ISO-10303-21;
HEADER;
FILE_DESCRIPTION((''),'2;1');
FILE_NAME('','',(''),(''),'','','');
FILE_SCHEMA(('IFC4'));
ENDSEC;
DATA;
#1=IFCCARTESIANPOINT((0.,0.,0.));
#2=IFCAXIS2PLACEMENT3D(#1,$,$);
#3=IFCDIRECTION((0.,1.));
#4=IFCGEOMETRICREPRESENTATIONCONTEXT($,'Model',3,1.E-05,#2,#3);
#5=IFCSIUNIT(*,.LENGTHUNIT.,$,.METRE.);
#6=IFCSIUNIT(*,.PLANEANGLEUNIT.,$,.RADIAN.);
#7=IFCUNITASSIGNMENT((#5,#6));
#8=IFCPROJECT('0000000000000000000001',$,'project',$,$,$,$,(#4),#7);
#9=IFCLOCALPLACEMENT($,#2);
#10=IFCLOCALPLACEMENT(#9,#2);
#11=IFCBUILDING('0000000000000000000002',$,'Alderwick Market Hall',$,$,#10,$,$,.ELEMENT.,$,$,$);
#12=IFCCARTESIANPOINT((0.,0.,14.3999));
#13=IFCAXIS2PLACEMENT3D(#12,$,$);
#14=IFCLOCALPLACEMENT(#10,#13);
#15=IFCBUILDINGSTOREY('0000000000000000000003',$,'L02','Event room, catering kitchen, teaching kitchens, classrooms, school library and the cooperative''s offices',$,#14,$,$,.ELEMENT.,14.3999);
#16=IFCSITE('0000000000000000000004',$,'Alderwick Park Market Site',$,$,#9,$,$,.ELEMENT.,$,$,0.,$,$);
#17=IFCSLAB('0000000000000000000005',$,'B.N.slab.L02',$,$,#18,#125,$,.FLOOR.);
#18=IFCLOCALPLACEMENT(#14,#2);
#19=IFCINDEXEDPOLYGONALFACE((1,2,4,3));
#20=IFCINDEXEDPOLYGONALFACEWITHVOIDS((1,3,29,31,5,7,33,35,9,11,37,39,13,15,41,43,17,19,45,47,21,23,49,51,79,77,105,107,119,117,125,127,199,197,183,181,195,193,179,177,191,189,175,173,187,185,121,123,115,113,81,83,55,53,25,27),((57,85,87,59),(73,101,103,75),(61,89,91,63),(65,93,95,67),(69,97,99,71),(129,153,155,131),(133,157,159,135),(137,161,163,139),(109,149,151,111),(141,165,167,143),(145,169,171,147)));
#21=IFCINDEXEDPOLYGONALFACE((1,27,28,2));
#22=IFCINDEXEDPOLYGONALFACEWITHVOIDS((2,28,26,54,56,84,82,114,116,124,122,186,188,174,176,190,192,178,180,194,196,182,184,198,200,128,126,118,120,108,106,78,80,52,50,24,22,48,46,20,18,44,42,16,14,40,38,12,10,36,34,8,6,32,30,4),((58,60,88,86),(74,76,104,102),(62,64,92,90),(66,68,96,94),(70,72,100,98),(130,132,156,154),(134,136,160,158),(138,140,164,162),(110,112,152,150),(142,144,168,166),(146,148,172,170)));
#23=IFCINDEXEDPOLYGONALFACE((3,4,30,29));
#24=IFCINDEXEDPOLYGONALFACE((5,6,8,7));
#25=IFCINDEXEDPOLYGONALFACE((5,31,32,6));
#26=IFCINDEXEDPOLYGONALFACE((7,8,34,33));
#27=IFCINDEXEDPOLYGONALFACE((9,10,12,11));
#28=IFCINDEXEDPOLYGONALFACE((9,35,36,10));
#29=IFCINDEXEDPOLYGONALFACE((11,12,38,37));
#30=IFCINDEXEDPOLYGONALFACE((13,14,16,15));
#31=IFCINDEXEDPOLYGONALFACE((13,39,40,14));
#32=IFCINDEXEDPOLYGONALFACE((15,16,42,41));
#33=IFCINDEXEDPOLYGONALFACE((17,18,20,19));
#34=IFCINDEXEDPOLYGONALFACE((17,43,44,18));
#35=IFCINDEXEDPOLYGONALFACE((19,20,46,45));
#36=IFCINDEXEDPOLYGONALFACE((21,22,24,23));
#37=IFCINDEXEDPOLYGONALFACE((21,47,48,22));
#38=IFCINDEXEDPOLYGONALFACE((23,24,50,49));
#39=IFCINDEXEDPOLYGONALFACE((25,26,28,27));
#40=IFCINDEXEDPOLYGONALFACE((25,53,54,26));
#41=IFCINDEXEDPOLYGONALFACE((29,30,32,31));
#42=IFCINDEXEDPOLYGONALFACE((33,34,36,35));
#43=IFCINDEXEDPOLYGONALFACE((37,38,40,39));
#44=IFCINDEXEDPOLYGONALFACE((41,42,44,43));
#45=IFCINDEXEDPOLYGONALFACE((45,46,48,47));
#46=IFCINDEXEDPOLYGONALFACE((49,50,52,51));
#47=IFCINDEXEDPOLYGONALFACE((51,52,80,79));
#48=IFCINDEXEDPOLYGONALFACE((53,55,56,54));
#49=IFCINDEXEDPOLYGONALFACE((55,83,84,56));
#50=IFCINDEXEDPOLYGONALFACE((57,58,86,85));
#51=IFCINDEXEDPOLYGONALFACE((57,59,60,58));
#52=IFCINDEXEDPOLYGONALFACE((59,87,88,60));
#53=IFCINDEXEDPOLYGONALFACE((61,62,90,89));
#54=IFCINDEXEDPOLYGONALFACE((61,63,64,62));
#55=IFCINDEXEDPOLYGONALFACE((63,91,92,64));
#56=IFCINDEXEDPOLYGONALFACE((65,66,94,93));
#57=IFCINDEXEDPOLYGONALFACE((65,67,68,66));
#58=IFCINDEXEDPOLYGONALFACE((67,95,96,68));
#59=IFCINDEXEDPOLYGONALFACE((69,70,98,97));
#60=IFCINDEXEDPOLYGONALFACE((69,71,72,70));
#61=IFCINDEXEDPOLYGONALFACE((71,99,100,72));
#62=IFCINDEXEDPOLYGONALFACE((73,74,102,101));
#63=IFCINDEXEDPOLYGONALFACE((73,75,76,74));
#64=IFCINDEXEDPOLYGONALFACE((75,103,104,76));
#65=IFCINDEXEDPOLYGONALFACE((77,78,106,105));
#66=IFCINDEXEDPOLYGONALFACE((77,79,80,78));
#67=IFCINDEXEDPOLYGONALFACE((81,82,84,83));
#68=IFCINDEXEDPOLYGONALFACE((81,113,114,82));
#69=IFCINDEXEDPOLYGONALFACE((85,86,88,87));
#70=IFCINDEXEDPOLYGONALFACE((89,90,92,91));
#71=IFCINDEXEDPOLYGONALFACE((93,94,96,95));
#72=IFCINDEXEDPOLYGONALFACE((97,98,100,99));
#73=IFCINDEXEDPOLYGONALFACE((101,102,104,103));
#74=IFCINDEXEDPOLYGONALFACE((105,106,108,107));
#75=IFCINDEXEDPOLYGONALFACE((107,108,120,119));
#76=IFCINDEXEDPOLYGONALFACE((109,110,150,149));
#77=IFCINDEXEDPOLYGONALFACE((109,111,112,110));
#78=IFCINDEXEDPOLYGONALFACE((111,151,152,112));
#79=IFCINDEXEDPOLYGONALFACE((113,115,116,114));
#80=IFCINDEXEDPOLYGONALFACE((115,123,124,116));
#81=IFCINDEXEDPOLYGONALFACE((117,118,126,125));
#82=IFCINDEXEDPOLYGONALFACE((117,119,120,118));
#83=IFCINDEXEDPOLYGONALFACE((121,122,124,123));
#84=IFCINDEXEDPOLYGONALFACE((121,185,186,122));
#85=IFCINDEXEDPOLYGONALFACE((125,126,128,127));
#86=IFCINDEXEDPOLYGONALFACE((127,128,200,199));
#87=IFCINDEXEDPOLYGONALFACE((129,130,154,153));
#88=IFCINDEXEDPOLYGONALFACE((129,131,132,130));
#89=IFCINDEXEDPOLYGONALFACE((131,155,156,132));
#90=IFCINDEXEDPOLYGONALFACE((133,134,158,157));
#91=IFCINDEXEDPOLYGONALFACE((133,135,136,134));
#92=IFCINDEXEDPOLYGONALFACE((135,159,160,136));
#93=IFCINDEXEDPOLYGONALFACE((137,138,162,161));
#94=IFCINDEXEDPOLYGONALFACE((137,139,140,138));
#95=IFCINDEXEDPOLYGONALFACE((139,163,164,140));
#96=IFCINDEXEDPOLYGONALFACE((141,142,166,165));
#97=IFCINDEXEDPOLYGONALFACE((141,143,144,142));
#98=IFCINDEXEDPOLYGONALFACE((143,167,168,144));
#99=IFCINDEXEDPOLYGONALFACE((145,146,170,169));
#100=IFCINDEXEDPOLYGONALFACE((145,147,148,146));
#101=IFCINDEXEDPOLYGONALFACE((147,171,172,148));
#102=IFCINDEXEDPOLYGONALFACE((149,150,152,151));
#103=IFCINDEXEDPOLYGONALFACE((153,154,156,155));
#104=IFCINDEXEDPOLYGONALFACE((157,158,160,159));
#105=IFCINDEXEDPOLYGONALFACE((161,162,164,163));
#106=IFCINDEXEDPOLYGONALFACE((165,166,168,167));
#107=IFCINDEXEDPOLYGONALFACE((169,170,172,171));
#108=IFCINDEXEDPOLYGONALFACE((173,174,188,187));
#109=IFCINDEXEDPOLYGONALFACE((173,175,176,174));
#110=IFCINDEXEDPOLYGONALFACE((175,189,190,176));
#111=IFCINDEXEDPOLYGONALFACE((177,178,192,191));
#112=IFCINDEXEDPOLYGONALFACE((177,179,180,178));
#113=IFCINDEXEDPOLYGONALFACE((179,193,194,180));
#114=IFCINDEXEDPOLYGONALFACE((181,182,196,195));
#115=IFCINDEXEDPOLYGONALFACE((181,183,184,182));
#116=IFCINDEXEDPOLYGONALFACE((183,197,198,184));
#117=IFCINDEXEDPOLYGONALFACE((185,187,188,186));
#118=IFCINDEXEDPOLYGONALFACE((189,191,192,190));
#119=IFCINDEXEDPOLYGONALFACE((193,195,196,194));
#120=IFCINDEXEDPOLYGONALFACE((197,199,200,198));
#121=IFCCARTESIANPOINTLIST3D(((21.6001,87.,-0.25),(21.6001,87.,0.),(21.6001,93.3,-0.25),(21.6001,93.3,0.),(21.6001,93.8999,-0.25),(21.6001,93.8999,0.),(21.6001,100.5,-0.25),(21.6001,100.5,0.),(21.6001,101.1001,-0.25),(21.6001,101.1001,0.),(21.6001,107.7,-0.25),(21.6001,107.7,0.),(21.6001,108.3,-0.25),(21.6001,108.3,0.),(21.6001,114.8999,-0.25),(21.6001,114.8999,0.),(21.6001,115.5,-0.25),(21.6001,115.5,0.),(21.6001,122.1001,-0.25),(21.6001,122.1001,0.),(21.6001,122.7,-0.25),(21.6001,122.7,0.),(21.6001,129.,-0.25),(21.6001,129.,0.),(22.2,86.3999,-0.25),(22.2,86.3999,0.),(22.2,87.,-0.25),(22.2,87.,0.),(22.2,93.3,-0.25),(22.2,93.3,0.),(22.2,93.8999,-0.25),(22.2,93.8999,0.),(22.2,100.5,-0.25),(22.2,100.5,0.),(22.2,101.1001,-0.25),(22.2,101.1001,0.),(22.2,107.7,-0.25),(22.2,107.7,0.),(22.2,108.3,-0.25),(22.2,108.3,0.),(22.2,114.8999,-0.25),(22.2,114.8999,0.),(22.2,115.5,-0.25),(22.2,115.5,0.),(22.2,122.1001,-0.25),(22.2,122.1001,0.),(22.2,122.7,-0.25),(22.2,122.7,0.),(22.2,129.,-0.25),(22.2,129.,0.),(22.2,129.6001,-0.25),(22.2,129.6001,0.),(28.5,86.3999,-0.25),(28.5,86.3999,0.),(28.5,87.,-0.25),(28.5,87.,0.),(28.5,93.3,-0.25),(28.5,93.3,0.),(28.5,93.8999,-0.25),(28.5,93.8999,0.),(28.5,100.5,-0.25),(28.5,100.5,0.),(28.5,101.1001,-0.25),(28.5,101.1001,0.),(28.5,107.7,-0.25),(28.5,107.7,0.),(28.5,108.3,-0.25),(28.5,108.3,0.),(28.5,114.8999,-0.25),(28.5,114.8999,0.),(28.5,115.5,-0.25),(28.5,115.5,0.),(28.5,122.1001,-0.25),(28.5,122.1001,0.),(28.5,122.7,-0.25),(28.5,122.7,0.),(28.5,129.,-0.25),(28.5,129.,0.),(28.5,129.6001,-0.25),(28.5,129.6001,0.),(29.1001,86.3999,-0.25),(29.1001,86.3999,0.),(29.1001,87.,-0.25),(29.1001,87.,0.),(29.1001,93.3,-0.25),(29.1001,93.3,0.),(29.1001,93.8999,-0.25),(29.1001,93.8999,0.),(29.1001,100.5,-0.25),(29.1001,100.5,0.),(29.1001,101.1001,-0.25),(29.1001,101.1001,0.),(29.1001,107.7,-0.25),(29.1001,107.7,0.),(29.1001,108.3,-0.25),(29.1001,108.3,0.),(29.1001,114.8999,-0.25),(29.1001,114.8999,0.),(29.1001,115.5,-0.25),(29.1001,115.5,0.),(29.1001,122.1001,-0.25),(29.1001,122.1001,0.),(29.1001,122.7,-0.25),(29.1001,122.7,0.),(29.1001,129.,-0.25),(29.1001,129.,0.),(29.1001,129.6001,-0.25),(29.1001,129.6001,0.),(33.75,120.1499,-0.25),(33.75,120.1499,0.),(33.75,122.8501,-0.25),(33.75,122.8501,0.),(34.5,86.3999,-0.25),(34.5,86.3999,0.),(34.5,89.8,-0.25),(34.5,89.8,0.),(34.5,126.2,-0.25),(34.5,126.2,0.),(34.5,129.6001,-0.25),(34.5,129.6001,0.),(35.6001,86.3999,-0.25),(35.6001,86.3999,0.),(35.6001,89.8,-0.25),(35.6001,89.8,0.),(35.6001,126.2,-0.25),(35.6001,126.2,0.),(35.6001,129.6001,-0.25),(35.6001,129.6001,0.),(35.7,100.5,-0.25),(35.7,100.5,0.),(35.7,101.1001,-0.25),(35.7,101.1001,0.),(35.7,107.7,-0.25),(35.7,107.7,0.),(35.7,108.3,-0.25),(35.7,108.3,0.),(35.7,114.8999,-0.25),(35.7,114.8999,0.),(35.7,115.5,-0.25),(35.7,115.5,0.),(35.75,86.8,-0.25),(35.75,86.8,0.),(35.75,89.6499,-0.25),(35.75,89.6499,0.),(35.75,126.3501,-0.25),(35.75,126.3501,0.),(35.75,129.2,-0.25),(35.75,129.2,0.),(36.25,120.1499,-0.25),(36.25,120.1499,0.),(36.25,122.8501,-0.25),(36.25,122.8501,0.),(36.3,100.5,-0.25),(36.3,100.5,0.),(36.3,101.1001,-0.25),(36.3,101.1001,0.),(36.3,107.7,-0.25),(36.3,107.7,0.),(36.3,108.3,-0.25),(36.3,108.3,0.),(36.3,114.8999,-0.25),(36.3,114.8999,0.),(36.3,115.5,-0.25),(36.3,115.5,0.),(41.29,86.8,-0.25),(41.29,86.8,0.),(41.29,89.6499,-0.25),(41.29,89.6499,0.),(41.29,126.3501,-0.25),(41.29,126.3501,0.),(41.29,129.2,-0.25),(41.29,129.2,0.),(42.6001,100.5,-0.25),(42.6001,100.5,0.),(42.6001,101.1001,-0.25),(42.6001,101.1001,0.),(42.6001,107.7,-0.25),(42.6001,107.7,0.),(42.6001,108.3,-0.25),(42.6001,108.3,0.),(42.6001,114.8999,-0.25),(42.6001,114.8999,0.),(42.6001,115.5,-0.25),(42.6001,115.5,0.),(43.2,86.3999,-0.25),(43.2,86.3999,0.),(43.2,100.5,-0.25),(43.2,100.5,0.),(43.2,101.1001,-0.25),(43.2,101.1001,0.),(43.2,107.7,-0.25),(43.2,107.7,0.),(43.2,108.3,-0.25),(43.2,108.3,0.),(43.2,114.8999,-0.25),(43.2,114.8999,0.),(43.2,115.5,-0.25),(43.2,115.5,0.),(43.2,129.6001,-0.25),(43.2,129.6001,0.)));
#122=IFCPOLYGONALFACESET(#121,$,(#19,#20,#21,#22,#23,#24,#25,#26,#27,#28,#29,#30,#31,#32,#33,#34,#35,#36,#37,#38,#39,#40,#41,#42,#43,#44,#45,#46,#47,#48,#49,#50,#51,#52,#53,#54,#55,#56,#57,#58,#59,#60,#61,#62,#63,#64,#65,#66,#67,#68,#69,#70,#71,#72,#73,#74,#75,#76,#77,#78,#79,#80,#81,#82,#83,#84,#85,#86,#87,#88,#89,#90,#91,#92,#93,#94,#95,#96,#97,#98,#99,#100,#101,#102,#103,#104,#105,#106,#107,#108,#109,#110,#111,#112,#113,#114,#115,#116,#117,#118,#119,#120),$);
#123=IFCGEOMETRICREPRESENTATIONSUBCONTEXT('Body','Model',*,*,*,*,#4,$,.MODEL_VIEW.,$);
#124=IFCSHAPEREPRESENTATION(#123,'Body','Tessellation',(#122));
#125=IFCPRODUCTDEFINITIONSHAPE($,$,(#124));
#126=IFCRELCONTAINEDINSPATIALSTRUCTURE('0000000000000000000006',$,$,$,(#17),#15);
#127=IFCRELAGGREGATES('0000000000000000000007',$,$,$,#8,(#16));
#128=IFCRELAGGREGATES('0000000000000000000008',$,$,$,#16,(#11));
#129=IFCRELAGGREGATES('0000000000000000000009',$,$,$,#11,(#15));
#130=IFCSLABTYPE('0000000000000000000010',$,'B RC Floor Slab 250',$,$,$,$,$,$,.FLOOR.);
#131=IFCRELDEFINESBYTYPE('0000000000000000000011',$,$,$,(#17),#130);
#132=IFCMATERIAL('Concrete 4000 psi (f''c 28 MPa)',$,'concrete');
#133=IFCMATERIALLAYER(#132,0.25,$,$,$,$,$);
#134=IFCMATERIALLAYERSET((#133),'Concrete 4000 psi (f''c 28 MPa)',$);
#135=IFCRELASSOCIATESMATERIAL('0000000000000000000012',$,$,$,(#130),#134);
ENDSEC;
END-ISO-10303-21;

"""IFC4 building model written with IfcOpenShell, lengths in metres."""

from ifc_helpers import new_model, si_unit, direction, frame, origin, place, context, subcontext, project, spatial, polyline, outline, extrude, material, layer, layer_set, type_object, element, save


model = new_model("IFC4")

# Units and contexts
model_context = context("Model", 3, precision=1e-05, world=origin(), true_north=direction((0.0, 1.0)))
body_context = subcontext(model_context, "Body", "Model", "MODEL_VIEW")
ifc_project = project(units=[si_unit("LENGTHUNIT", "METRE"), si_unit("PLANEANGLEUNIT", "RADIAN")], contexts=[model_context])

# Site, building, storey
site_placement = place(None, origin())
site = spatial("IfcSite", under=ifc_project, at=site_placement, Name="Alderwick Park Market Site", CompositionType="ELEMENT", RefElevation=0.0)
building_placement = place(site_placement, origin())
building = spatial("IfcBuilding", under=site, at=building_placement, Name="Alderwick Market Hall", CompositionType="ELEMENT")
storey_placement = place(building_placement, frame((0.0, 0.0, 14.3999)))
storey = spatial("IfcBuildingStorey", under=building, at=storey_placement, Name="L02", Description="Event room, catering kitchen, teaching kitchens, classrooms, school library and the cooperative's offices", CompositionType="ELEMENT", Elevation=14.3999)

# Slab
ifc_material_1 = material(Name="Concrete 4000 psi (f'c 28 MPa)", Category="concrete")
ifc_layer_1 = layer(ifc_material_1, 0.25)
ifc_layer_set_1 = layer_set([ifc_layer_1], Name="Concrete 4000 psi (f'c 28 MPa)")
slab_type_1 = type_object("IfcSlabType", Name="B RC Floor Slab 250", PredefinedType="FLOOR", material=ifc_layer_set_1)
slab_1_placement = place(storey_placement, frame((0.0, 0.0, -0.25)))
element("IfcSlab", 1, at=slab_1_placement, inside=storey, type_object=slab_type_1, Name="B.N.slab.L02", PredefinedType="FLOOR", context=body_context, shape_type="SweptSolid", body=[
    extrude(outline(polyline([(35.6001, 126.2), (35.6001, 129.6001), (43.2, 129.6001), (43.2, 115.5), (42.6001, 115.5), (42.6001, 114.8999), (43.2, 114.8999), (43.2, 108.3), (42.6001, 108.3), (42.6001, 107.7), (43.2, 107.7), (43.2, 101.1001), (42.6001, 101.1001), (42.6001, 100.5), (43.2, 100.5), (43.2, 86.3999), (35.6001, 86.3999), (35.6001, 89.8), (34.5, 89.8), (34.5, 86.3999), (29.1001, 86.3999), (29.1001, 87.0), (28.5, 87.0), (28.5, 86.3999), (22.2, 86.3999), (22.2, 87.0), (21.6001, 87.0), (21.6001, 93.3), (22.2, 93.3), (22.2, 93.8999), (21.6001, 93.8999), (21.6001, 100.5), (22.2, 100.5), (22.2, 101.1001), (21.6001, 101.1001), (21.6001, 107.7), (22.2, 107.7), (22.2, 108.3), (21.6001, 108.3), (21.6001, 114.8999), (22.2, 114.8999), (22.2, 115.5), (21.6001, 115.5), (21.6001, 122.1001), (22.2, 122.1001), (22.2, 122.7), (21.6001, 122.7), (21.6001, 129.0), (22.2, 129.0), (22.2, 129.6001), (28.5, 129.6001), (28.5, 129.0), (29.1001, 129.0), (29.1001, 129.6001), (34.5, 129.6001), (34.5, 126.2), (35.6001, 126.2)]), holes=[polyline([(29.1001, 122.7), (28.5, 122.7), (28.5, 122.1001), (29.1001, 122.1001), (29.1001, 122.7)]), polyline([(29.1001, 114.8999), (29.1001, 115.5), (28.5, 115.5), (28.5, 114.8999), (29.1001, 114.8999)]), polyline([(28.5, 107.7), (29.1001, 107.7), (29.1001, 108.3), (28.5, 108.3), (28.5, 107.7)]), polyline([(28.5, 101.1001), (28.5, 100.5), (29.1001, 100.5), (29.1001, 101.1001), (28.5, 101.1001)]), polyline([(29.1001, 93.8999), (28.5, 93.8999), (28.5, 93.3), (29.1001, 93.3), (29.1001, 93.8999)]), polyline([(35.7, 114.8999), (36.3, 114.8999), (36.3, 115.5), (35.7, 115.5), (35.7, 114.8999)]), polyline([(35.7, 108.3), (35.7, 107.7), (36.3, 107.7), (36.3, 108.3), (35.7, 108.3)]), polyline([(36.3, 101.1001), (35.7, 101.1001), (35.7, 100.5), (36.3, 100.5), (36.3, 101.1001)]), polyline([(41.29, 129.2), (35.75, 129.2), (35.75, 126.3501), (41.29, 126.3501), (41.29, 129.2)]), polyline([(36.25, 120.1499), (36.25, 122.8501), (33.75, 122.8501), (33.75, 120.1499), (36.25, 120.1499)]), polyline([(35.75, 89.6499), (35.75, 86.8), (41.29, 86.8), (41.29, 89.6499), (35.75, 89.6499)])]), origin(), (0.0, 0.0, 1.0), 0.25),
])

save(model, "model.ifc")
